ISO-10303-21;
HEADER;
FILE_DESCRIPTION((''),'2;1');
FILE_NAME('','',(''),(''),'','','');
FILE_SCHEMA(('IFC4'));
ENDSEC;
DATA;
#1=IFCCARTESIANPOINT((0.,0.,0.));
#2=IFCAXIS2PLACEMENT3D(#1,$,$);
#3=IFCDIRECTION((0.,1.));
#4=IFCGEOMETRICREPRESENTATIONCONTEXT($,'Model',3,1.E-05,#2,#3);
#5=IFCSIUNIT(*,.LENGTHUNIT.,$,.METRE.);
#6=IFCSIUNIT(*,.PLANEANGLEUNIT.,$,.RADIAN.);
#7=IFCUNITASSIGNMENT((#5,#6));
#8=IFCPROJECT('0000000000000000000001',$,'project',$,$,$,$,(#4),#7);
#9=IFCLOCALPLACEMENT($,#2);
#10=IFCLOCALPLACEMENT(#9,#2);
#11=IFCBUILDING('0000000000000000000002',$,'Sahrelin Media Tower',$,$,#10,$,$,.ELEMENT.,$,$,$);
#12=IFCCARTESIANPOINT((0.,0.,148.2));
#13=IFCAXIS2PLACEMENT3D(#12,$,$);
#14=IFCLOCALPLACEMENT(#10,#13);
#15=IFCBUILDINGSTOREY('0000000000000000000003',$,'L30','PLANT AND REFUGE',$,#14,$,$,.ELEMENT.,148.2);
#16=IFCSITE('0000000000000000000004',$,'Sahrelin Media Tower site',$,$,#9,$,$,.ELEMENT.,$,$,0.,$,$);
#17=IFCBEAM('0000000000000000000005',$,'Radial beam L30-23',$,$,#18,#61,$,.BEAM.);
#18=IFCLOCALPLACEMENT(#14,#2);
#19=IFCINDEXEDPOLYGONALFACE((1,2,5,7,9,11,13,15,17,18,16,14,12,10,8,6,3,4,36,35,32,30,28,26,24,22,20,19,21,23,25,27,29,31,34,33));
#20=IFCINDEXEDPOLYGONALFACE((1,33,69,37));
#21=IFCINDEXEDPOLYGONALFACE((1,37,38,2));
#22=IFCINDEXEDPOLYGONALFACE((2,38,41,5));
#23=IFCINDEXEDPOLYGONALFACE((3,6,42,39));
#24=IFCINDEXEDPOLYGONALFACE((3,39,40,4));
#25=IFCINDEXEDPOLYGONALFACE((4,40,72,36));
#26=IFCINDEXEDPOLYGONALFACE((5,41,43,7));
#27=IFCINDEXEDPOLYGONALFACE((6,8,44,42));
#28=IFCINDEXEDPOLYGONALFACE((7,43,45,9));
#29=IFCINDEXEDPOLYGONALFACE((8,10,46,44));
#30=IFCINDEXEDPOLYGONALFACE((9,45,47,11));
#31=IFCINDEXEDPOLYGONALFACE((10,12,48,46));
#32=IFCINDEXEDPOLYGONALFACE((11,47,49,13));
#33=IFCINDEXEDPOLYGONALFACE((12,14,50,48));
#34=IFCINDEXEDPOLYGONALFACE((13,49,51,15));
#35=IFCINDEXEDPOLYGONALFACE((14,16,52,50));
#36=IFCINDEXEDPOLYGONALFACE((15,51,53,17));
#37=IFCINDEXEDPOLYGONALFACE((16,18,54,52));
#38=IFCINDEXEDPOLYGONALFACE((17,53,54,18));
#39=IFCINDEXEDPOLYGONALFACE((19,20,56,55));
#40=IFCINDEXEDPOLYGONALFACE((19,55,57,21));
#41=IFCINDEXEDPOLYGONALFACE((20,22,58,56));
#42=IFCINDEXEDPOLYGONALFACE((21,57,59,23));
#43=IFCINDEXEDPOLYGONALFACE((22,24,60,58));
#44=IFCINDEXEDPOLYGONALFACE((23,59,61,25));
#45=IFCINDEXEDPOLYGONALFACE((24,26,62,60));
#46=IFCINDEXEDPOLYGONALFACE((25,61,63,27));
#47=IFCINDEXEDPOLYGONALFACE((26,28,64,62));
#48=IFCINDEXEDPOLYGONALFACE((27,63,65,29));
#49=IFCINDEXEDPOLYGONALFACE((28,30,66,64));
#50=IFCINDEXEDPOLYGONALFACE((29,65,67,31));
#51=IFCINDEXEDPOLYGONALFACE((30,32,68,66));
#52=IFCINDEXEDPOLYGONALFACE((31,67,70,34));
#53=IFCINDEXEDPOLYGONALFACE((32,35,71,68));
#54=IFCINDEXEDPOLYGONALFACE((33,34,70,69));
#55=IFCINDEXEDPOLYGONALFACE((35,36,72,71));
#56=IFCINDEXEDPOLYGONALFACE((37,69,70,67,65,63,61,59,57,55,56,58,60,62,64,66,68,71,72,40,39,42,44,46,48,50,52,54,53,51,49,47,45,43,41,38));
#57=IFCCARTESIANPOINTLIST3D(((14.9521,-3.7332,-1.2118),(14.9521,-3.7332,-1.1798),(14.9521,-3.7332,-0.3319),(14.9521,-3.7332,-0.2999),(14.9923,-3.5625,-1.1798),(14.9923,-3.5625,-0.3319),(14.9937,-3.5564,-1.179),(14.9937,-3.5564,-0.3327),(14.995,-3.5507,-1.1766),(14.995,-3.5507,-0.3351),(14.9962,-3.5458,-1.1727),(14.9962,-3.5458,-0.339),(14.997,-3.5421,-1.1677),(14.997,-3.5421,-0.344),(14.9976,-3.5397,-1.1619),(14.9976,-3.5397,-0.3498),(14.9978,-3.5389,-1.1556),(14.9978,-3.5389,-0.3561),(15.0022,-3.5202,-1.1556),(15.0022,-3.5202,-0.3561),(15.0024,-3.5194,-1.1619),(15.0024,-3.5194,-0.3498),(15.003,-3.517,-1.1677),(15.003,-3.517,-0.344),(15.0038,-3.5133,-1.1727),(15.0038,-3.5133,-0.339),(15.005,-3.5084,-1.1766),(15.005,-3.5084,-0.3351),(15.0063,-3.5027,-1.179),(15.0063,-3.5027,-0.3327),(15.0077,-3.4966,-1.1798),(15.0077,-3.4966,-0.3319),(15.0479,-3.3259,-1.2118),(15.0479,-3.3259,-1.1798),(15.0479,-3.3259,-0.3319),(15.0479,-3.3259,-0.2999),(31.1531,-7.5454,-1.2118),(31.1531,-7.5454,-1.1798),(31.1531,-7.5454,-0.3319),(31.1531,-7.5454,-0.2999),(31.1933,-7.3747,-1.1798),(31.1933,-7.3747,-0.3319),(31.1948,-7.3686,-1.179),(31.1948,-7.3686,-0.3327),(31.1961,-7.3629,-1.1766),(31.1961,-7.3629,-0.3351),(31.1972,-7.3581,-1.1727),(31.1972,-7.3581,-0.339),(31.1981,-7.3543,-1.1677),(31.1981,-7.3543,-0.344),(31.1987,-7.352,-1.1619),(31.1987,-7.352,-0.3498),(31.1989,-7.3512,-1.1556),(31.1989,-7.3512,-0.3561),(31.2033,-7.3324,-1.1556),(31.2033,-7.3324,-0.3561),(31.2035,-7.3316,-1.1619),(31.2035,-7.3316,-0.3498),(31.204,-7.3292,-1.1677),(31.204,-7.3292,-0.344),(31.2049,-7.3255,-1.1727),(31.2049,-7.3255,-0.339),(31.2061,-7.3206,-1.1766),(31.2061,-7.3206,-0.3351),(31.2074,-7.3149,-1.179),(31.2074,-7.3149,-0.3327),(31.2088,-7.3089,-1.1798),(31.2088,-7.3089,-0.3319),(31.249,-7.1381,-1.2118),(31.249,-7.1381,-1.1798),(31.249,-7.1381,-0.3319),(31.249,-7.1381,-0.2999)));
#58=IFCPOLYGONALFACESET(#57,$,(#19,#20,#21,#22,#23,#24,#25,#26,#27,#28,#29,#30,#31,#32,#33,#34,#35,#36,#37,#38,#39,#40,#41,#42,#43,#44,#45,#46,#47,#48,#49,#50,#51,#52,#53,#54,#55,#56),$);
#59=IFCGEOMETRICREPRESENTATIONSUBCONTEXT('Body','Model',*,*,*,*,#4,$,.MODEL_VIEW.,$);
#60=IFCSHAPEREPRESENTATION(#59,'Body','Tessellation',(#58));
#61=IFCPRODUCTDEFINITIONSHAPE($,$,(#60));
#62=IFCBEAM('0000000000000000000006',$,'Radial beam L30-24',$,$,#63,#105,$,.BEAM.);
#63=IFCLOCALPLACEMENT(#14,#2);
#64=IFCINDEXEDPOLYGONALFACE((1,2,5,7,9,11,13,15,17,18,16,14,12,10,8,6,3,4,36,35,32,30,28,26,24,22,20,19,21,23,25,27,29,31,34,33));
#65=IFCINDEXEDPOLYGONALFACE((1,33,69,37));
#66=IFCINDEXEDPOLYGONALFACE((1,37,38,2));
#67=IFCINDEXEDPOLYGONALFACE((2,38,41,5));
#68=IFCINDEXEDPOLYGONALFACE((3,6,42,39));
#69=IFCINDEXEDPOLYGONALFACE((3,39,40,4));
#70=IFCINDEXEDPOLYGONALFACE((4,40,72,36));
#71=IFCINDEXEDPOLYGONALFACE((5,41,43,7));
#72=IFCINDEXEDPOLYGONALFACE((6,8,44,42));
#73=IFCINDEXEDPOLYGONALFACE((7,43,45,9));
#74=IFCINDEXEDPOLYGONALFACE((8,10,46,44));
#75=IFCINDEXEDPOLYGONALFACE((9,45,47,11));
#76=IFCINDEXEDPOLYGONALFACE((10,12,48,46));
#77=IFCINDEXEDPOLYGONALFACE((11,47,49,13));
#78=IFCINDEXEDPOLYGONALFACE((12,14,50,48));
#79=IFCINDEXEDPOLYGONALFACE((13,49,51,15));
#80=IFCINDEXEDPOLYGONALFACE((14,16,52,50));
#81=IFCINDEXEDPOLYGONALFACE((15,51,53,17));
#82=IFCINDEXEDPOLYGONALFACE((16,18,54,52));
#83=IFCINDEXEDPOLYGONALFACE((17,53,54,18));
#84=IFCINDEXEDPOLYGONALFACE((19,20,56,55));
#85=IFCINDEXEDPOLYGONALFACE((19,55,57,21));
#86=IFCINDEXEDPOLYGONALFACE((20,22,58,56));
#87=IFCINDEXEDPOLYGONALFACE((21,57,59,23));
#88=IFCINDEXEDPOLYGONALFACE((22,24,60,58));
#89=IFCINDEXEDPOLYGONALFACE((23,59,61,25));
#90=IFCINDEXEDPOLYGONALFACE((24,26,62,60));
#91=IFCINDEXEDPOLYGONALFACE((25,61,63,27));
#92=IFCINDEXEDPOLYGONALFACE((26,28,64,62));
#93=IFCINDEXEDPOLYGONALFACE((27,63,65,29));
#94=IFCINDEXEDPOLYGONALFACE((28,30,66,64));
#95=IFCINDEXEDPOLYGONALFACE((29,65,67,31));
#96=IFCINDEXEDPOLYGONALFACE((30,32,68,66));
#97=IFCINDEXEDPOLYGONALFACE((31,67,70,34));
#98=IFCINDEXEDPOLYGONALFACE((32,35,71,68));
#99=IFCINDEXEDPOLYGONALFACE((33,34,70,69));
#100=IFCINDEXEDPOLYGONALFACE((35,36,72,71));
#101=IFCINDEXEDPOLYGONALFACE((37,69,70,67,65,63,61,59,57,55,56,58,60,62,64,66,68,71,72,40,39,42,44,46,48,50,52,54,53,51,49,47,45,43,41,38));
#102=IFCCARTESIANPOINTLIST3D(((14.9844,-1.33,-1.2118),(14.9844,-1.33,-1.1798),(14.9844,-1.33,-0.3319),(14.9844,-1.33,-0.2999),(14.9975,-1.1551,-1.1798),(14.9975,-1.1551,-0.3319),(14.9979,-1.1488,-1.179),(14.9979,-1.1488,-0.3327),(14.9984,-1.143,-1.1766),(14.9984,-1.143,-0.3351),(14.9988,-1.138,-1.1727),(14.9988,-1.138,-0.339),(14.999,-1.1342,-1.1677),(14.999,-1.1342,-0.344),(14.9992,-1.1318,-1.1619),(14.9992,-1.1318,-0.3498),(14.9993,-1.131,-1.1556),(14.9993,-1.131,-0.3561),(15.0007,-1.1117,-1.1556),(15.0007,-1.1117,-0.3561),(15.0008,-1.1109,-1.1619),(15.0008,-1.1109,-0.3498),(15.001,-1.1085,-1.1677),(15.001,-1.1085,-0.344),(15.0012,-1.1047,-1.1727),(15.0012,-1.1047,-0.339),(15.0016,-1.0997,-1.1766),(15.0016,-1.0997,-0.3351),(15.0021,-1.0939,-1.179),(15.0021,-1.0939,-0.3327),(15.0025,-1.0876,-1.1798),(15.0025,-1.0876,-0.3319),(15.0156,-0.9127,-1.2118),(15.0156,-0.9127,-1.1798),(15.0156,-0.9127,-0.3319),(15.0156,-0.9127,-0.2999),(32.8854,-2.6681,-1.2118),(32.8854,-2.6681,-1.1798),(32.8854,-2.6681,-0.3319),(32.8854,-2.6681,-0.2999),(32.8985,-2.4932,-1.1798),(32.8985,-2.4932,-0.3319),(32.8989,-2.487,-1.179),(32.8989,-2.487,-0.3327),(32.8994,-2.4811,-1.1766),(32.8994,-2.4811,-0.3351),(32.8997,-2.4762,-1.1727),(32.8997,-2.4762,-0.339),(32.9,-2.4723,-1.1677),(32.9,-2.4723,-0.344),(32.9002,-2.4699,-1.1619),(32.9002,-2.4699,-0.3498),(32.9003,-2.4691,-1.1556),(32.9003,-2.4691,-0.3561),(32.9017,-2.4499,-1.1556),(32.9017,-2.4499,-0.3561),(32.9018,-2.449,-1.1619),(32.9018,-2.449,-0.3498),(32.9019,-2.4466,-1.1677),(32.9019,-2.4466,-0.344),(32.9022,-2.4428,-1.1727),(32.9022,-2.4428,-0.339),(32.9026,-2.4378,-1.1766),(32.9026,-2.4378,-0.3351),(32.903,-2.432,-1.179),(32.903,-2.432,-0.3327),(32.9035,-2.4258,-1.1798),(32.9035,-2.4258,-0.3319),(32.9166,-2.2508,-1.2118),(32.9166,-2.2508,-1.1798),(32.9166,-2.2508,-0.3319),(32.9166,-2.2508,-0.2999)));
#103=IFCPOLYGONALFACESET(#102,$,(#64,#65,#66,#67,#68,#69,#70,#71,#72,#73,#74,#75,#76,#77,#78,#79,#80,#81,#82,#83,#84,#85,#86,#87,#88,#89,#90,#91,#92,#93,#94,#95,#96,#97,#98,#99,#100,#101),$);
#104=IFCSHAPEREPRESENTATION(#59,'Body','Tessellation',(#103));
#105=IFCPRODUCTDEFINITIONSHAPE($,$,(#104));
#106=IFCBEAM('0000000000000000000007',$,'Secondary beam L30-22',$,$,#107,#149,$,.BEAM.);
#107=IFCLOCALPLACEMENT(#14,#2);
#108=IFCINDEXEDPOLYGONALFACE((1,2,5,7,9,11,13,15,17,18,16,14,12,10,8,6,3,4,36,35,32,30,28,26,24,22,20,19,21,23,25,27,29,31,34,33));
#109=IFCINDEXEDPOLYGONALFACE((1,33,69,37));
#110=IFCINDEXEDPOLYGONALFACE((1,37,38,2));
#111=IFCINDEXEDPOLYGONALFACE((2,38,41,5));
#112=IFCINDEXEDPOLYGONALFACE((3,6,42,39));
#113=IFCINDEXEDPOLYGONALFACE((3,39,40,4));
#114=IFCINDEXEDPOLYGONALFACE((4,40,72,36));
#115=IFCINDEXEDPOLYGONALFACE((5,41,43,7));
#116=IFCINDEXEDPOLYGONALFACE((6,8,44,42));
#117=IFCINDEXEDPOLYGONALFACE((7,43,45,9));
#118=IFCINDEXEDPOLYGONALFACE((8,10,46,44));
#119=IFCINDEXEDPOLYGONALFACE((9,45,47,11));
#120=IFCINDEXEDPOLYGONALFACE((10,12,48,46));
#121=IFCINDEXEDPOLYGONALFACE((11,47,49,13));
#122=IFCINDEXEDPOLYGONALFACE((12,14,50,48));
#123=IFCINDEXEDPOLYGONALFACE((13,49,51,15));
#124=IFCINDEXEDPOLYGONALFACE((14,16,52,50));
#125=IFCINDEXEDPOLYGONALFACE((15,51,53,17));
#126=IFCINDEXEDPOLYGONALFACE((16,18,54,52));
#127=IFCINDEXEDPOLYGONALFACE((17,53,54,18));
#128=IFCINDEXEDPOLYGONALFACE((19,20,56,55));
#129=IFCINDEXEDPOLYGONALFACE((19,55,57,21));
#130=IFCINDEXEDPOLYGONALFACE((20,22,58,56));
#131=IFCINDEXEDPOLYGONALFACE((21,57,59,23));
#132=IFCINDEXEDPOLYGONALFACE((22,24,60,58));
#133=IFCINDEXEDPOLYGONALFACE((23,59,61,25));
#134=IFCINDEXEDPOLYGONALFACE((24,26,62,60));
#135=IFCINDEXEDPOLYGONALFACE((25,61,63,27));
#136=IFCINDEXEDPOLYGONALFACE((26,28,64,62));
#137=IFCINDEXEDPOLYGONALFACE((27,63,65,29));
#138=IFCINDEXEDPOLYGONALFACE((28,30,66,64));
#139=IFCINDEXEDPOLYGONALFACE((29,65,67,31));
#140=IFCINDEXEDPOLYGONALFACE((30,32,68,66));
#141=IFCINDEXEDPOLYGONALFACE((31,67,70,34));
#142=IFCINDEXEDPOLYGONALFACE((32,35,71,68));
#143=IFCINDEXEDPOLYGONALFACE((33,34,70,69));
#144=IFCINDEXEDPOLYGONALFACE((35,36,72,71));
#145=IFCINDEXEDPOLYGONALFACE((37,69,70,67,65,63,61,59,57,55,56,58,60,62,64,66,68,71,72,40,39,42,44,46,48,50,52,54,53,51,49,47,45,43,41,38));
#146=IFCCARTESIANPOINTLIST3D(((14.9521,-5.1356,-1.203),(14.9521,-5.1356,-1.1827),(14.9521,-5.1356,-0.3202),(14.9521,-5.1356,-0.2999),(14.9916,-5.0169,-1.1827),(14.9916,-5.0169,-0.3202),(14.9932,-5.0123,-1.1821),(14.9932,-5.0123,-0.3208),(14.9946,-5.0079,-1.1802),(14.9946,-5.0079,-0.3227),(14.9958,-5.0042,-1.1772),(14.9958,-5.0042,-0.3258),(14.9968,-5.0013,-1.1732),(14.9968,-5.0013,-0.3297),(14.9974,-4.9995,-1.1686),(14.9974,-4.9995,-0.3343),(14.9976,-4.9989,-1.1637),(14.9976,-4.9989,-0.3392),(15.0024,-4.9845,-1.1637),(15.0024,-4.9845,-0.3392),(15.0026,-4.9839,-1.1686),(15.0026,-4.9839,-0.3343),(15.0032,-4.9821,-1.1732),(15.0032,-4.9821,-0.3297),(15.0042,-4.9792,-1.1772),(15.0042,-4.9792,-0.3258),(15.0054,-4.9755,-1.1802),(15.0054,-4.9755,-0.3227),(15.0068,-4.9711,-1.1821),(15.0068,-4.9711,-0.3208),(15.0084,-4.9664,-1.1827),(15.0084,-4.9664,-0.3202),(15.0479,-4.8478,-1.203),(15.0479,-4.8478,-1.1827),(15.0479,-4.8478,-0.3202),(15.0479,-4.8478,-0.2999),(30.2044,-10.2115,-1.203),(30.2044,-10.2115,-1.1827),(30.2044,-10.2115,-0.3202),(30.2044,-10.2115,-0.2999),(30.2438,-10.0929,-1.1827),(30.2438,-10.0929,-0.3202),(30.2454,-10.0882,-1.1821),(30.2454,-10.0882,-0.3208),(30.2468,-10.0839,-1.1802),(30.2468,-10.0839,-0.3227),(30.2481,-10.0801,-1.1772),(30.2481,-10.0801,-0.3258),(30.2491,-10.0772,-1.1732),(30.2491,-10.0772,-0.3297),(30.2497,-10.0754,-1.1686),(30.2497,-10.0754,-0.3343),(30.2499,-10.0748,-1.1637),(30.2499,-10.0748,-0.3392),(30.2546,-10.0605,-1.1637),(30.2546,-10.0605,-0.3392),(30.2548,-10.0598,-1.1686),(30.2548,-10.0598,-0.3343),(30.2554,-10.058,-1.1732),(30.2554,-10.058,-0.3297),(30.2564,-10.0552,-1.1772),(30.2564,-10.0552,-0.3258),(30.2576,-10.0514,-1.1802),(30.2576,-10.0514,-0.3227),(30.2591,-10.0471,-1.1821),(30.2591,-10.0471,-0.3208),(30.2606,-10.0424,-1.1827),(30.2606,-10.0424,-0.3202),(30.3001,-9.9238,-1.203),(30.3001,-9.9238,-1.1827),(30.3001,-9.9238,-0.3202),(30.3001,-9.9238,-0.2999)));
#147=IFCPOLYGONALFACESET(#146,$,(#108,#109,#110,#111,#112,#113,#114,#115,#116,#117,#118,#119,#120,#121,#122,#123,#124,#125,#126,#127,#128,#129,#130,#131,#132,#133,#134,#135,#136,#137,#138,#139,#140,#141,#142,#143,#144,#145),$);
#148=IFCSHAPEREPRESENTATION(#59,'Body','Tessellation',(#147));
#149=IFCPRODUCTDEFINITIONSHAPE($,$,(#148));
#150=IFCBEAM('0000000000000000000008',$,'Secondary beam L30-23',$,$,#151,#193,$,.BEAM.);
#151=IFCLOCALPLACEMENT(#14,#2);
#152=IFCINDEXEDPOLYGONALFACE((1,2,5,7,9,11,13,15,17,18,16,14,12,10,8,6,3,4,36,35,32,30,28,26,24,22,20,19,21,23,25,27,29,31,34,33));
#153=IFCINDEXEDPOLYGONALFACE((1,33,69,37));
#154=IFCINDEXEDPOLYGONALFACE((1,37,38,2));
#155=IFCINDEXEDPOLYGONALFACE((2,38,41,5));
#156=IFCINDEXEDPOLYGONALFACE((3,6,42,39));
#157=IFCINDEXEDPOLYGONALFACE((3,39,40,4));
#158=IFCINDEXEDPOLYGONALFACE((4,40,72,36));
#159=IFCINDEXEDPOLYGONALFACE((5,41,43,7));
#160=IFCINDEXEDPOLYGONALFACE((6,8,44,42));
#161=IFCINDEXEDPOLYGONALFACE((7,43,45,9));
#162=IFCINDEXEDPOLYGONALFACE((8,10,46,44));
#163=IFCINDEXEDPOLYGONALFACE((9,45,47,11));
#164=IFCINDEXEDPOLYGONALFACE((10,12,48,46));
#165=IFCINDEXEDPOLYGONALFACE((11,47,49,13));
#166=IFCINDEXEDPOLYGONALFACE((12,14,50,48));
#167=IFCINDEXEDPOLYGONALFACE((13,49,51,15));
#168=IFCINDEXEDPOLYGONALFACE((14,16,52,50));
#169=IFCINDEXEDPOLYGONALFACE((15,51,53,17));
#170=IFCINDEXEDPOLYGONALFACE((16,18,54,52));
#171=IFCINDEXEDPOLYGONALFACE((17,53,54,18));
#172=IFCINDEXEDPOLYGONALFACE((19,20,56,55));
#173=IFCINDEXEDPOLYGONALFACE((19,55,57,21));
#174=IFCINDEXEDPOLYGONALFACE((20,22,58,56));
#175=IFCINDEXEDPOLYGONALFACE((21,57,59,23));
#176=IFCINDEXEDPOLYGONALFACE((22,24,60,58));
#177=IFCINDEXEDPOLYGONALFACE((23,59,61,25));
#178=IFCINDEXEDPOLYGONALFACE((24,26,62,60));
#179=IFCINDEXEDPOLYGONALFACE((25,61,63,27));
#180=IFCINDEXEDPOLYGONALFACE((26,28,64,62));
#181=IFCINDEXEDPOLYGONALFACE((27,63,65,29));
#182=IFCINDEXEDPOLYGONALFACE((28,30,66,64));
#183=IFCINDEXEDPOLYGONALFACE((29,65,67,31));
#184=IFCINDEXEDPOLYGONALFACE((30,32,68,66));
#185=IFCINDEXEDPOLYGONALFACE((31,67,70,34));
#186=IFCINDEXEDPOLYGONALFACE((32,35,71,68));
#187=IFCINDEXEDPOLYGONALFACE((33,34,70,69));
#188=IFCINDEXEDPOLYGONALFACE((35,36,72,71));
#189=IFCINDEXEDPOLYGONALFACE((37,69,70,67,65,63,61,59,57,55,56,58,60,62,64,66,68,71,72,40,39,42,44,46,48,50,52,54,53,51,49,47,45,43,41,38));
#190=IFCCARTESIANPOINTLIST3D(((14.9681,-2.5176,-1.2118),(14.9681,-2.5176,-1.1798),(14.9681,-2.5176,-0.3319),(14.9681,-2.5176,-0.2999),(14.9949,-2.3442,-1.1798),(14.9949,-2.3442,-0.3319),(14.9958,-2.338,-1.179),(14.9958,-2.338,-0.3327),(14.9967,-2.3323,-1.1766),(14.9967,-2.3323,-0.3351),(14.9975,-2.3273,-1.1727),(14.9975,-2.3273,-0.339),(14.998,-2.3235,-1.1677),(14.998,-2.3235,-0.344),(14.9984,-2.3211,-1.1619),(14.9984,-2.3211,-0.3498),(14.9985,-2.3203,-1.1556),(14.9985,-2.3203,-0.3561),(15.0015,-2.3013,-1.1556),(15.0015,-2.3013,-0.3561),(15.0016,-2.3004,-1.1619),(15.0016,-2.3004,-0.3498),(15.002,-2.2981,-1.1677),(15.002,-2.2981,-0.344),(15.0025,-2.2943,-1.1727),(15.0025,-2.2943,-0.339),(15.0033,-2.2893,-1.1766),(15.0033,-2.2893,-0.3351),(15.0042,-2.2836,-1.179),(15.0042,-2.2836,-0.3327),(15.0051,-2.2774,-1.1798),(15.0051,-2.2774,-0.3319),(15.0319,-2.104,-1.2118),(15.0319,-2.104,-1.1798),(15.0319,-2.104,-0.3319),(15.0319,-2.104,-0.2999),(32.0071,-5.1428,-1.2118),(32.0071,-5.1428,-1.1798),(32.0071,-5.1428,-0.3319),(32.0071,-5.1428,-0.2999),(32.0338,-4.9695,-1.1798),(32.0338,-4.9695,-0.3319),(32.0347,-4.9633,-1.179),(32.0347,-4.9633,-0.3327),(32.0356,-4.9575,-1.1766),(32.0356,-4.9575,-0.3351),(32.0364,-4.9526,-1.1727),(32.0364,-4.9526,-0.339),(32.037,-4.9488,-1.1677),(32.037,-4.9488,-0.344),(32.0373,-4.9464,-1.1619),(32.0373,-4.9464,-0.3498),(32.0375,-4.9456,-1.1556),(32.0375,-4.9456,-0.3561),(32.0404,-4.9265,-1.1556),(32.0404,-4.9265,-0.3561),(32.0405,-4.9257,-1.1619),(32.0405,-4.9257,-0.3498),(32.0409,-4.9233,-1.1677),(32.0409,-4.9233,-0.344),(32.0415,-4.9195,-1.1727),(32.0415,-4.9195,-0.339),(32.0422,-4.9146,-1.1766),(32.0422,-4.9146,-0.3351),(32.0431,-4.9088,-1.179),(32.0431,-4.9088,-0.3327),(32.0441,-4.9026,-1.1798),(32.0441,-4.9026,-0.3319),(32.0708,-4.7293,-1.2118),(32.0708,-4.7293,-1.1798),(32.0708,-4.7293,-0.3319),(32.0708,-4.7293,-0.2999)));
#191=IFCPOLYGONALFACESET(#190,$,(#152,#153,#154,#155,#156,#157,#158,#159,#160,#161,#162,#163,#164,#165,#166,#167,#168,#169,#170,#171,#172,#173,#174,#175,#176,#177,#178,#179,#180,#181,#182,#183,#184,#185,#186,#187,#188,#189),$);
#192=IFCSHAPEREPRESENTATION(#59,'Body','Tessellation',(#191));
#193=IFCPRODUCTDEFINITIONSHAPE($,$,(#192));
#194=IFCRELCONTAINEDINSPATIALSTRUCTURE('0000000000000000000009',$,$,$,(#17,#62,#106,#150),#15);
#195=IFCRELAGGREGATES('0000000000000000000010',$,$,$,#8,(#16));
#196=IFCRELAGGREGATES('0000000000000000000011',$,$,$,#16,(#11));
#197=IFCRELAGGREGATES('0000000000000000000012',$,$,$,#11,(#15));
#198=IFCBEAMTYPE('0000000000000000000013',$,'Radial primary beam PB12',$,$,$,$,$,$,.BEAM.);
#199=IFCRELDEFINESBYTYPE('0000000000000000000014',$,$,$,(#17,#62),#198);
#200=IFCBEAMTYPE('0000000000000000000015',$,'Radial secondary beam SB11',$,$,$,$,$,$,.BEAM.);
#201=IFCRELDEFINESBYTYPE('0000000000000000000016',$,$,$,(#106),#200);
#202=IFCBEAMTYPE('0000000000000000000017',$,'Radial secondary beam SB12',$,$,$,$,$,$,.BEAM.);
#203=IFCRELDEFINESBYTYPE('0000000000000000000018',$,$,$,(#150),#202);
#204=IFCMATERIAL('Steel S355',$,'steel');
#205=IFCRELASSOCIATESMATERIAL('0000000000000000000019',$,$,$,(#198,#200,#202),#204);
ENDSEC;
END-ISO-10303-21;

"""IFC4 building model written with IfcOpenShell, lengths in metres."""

from ifc_helpers import new_model, si_unit, direction, frame, origin, origin_2d, place, context, subcontext, project, spatial, i_section, extrude, material, material_profile, profile_set, type_object, element, save


model = new_model("IFC4")

# Units and contexts
model_context = context("Model", 3, precision=1e-05, world=origin(), true_north=direction((0.0, 1.0)))
body_context = subcontext(model_context, "Body", "Model", "MODEL_VIEW")
ifc_project = project(units=[si_unit("LENGTHUNIT", "METRE"), si_unit("PLANEANGLEUNIT", "RADIAN")], contexts=[model_context])

# Site, building, storey
site_placement = place(None, origin())
site = spatial("IfcSite", under=ifc_project, at=site_placement, Name="Sahrelin Media Tower site", CompositionType="ELEMENT", RefElevation=0.0)
building_placement = place(site_placement, origin())
building = spatial("IfcBuilding", under=site, at=building_placement, Name="Sahrelin Media Tower", CompositionType="ELEMENT")
storey_placement = place(building_placement, frame((0.0, 0.0, 148.2)))
storey = spatial("IfcBuildingStorey", under=building, at=storey_placement, Name="L30", Description="PLANT AND REFUGE", CompositionType="ELEMENT", Elevation=148.2)

# Beams
ifc_material_1 = material(Name="Steel S355", Category="steel")
ifc_material_profile_1 = material_profile(ifc_material_1, i_section(OverallWidth=0.4185, OverallDepth=0.9119, WebThickness=0.0193, FlangeThickness=0.032, FilletRadius=0.0242, at=origin_2d()), Name="UB 914x419x343")
ifc_profile_set_1 = profile_set([ifc_material_profile_1], Name="Steel S355")
beam_type_1 = type_object("IfcBeamType", Name="Radial primary beam PB12", PredefinedType="BEAM", material=ifc_profile_set_1)
beam_1_placement = place(storey_placement, frame((15.0, -3.5295, -0.7559), z_axis=(0.973414, -0.229052, 0.0), x_axis=(0.229052, 0.973414, 0.0)))
element("IfcBeam", 1, at=beam_1_placement, inside=storey, type_object=beam_type_1, Name="Radial beam L30-23", PredefinedType="BEAM", context=body_context, shape_type="SweptSolid", body=[
    extrude(i_section(OverallWidth=0.4185, OverallDepth=0.9119, WebThickness=0.0193, FlangeThickness=0.032, FilletRadius=0.0242, at=origin_2d()), origin(), (0.0, 0.0, 1.0), 16.6436),
])
beam_2_placement = place(storey_placement, frame((15.0, -1.1213, -0.7559), z_axis=(0.997218, -0.074544, 0.0), x_axis=(0.074544, 0.997218, 0.0)))
element("IfcBeam", 2, at=beam_2_placement, inside=storey, type_object=beam_type_1, Name="Radial beam L30-24", PredefinedType="BEAM", context=body_context, shape_type="SweptSolid", body=[
    extrude(i_section(OverallWidth=0.4185, OverallDepth=0.9119, WebThickness=0.0193, FlangeThickness=0.032, FilletRadius=0.0242, at=origin_2d()), origin(), (0.0, 0.0, 1.0), 17.9509),
])
ifc_material_profile_2 = material_profile(ifc_material_1, i_section(OverallWidth=0.3032, OverallDepth=0.9031, WebThickness=0.0151, FlangeThickness=0.0203, FilletRadius=0.019, at=origin_2d()), Name="UB 914x305x201")
ifc_profile_set_2 = profile_set([ifc_material_profile_2], Name="Steel S355")
beam_type_2 = type_object("IfcBeamType", Name="Radial secondary beam SB11", PredefinedType="BEAM", material=ifc_profile_set_2)
beam_3_placement = place(storey_placement, frame((15.0, -4.9917, -0.7515), z_axis=(0.948835, -0.315772, 0.0), x_axis=(0.315772, 0.948835, 0.0)))
element("IfcBeam", 3, at=beam_3_placement, inside=storey, type_object=beam_type_2, Name="Secondary beam L30-22", PredefinedType="BEAM", context=body_context, shape_type="SweptSolid", body=[
    extrude(i_section(OverallWidth=0.3032, OverallDepth=0.9031, WebThickness=0.0151, FlangeThickness=0.0203, FilletRadius=0.019, at=origin_2d()), origin(), (0.0, 0.0, 1.0), 16.0747),
])
ifc_material_profile_3 = material_profile(ifc_material_1, i_section(OverallWidth=0.4185, OverallDepth=0.9119, WebThickness=0.0193, FlangeThickness=0.032, FilletRadius=0.0242, at=origin_2d()), Name="UB 914x419x343")
ifc_profile_set_3 = profile_set([ifc_material_profile_3], Name="Steel S355")
beam_type_3 = type_object("IfcBeamType", Name="Radial secondary beam SB12", PredefinedType="BEAM", material=ifc_profile_set_3)
beam_4_placement = place(storey_placement, frame((15.0, -2.3108, -0.7559), z_axis=(0.988338, -0.152277, 0.0), x_axis=(0.152277, 0.988338, 0.0)))
element("IfcBeam", 4, at=beam_4_placement, inside=storey, type_object=beam_type_3, Name="Secondary beam L30-23", PredefinedType="BEAM", context=body_context, shape_type="SweptSolid", body=[
    extrude(i_section(OverallWidth=0.4185, OverallDepth=0.9119, WebThickness=0.0193, FlangeThickness=0.032, FilletRadius=0.0242, at=origin_2d()), origin(), (0.0, 0.0, 1.0), 17.24),
])

save(model, "model.ifc")
